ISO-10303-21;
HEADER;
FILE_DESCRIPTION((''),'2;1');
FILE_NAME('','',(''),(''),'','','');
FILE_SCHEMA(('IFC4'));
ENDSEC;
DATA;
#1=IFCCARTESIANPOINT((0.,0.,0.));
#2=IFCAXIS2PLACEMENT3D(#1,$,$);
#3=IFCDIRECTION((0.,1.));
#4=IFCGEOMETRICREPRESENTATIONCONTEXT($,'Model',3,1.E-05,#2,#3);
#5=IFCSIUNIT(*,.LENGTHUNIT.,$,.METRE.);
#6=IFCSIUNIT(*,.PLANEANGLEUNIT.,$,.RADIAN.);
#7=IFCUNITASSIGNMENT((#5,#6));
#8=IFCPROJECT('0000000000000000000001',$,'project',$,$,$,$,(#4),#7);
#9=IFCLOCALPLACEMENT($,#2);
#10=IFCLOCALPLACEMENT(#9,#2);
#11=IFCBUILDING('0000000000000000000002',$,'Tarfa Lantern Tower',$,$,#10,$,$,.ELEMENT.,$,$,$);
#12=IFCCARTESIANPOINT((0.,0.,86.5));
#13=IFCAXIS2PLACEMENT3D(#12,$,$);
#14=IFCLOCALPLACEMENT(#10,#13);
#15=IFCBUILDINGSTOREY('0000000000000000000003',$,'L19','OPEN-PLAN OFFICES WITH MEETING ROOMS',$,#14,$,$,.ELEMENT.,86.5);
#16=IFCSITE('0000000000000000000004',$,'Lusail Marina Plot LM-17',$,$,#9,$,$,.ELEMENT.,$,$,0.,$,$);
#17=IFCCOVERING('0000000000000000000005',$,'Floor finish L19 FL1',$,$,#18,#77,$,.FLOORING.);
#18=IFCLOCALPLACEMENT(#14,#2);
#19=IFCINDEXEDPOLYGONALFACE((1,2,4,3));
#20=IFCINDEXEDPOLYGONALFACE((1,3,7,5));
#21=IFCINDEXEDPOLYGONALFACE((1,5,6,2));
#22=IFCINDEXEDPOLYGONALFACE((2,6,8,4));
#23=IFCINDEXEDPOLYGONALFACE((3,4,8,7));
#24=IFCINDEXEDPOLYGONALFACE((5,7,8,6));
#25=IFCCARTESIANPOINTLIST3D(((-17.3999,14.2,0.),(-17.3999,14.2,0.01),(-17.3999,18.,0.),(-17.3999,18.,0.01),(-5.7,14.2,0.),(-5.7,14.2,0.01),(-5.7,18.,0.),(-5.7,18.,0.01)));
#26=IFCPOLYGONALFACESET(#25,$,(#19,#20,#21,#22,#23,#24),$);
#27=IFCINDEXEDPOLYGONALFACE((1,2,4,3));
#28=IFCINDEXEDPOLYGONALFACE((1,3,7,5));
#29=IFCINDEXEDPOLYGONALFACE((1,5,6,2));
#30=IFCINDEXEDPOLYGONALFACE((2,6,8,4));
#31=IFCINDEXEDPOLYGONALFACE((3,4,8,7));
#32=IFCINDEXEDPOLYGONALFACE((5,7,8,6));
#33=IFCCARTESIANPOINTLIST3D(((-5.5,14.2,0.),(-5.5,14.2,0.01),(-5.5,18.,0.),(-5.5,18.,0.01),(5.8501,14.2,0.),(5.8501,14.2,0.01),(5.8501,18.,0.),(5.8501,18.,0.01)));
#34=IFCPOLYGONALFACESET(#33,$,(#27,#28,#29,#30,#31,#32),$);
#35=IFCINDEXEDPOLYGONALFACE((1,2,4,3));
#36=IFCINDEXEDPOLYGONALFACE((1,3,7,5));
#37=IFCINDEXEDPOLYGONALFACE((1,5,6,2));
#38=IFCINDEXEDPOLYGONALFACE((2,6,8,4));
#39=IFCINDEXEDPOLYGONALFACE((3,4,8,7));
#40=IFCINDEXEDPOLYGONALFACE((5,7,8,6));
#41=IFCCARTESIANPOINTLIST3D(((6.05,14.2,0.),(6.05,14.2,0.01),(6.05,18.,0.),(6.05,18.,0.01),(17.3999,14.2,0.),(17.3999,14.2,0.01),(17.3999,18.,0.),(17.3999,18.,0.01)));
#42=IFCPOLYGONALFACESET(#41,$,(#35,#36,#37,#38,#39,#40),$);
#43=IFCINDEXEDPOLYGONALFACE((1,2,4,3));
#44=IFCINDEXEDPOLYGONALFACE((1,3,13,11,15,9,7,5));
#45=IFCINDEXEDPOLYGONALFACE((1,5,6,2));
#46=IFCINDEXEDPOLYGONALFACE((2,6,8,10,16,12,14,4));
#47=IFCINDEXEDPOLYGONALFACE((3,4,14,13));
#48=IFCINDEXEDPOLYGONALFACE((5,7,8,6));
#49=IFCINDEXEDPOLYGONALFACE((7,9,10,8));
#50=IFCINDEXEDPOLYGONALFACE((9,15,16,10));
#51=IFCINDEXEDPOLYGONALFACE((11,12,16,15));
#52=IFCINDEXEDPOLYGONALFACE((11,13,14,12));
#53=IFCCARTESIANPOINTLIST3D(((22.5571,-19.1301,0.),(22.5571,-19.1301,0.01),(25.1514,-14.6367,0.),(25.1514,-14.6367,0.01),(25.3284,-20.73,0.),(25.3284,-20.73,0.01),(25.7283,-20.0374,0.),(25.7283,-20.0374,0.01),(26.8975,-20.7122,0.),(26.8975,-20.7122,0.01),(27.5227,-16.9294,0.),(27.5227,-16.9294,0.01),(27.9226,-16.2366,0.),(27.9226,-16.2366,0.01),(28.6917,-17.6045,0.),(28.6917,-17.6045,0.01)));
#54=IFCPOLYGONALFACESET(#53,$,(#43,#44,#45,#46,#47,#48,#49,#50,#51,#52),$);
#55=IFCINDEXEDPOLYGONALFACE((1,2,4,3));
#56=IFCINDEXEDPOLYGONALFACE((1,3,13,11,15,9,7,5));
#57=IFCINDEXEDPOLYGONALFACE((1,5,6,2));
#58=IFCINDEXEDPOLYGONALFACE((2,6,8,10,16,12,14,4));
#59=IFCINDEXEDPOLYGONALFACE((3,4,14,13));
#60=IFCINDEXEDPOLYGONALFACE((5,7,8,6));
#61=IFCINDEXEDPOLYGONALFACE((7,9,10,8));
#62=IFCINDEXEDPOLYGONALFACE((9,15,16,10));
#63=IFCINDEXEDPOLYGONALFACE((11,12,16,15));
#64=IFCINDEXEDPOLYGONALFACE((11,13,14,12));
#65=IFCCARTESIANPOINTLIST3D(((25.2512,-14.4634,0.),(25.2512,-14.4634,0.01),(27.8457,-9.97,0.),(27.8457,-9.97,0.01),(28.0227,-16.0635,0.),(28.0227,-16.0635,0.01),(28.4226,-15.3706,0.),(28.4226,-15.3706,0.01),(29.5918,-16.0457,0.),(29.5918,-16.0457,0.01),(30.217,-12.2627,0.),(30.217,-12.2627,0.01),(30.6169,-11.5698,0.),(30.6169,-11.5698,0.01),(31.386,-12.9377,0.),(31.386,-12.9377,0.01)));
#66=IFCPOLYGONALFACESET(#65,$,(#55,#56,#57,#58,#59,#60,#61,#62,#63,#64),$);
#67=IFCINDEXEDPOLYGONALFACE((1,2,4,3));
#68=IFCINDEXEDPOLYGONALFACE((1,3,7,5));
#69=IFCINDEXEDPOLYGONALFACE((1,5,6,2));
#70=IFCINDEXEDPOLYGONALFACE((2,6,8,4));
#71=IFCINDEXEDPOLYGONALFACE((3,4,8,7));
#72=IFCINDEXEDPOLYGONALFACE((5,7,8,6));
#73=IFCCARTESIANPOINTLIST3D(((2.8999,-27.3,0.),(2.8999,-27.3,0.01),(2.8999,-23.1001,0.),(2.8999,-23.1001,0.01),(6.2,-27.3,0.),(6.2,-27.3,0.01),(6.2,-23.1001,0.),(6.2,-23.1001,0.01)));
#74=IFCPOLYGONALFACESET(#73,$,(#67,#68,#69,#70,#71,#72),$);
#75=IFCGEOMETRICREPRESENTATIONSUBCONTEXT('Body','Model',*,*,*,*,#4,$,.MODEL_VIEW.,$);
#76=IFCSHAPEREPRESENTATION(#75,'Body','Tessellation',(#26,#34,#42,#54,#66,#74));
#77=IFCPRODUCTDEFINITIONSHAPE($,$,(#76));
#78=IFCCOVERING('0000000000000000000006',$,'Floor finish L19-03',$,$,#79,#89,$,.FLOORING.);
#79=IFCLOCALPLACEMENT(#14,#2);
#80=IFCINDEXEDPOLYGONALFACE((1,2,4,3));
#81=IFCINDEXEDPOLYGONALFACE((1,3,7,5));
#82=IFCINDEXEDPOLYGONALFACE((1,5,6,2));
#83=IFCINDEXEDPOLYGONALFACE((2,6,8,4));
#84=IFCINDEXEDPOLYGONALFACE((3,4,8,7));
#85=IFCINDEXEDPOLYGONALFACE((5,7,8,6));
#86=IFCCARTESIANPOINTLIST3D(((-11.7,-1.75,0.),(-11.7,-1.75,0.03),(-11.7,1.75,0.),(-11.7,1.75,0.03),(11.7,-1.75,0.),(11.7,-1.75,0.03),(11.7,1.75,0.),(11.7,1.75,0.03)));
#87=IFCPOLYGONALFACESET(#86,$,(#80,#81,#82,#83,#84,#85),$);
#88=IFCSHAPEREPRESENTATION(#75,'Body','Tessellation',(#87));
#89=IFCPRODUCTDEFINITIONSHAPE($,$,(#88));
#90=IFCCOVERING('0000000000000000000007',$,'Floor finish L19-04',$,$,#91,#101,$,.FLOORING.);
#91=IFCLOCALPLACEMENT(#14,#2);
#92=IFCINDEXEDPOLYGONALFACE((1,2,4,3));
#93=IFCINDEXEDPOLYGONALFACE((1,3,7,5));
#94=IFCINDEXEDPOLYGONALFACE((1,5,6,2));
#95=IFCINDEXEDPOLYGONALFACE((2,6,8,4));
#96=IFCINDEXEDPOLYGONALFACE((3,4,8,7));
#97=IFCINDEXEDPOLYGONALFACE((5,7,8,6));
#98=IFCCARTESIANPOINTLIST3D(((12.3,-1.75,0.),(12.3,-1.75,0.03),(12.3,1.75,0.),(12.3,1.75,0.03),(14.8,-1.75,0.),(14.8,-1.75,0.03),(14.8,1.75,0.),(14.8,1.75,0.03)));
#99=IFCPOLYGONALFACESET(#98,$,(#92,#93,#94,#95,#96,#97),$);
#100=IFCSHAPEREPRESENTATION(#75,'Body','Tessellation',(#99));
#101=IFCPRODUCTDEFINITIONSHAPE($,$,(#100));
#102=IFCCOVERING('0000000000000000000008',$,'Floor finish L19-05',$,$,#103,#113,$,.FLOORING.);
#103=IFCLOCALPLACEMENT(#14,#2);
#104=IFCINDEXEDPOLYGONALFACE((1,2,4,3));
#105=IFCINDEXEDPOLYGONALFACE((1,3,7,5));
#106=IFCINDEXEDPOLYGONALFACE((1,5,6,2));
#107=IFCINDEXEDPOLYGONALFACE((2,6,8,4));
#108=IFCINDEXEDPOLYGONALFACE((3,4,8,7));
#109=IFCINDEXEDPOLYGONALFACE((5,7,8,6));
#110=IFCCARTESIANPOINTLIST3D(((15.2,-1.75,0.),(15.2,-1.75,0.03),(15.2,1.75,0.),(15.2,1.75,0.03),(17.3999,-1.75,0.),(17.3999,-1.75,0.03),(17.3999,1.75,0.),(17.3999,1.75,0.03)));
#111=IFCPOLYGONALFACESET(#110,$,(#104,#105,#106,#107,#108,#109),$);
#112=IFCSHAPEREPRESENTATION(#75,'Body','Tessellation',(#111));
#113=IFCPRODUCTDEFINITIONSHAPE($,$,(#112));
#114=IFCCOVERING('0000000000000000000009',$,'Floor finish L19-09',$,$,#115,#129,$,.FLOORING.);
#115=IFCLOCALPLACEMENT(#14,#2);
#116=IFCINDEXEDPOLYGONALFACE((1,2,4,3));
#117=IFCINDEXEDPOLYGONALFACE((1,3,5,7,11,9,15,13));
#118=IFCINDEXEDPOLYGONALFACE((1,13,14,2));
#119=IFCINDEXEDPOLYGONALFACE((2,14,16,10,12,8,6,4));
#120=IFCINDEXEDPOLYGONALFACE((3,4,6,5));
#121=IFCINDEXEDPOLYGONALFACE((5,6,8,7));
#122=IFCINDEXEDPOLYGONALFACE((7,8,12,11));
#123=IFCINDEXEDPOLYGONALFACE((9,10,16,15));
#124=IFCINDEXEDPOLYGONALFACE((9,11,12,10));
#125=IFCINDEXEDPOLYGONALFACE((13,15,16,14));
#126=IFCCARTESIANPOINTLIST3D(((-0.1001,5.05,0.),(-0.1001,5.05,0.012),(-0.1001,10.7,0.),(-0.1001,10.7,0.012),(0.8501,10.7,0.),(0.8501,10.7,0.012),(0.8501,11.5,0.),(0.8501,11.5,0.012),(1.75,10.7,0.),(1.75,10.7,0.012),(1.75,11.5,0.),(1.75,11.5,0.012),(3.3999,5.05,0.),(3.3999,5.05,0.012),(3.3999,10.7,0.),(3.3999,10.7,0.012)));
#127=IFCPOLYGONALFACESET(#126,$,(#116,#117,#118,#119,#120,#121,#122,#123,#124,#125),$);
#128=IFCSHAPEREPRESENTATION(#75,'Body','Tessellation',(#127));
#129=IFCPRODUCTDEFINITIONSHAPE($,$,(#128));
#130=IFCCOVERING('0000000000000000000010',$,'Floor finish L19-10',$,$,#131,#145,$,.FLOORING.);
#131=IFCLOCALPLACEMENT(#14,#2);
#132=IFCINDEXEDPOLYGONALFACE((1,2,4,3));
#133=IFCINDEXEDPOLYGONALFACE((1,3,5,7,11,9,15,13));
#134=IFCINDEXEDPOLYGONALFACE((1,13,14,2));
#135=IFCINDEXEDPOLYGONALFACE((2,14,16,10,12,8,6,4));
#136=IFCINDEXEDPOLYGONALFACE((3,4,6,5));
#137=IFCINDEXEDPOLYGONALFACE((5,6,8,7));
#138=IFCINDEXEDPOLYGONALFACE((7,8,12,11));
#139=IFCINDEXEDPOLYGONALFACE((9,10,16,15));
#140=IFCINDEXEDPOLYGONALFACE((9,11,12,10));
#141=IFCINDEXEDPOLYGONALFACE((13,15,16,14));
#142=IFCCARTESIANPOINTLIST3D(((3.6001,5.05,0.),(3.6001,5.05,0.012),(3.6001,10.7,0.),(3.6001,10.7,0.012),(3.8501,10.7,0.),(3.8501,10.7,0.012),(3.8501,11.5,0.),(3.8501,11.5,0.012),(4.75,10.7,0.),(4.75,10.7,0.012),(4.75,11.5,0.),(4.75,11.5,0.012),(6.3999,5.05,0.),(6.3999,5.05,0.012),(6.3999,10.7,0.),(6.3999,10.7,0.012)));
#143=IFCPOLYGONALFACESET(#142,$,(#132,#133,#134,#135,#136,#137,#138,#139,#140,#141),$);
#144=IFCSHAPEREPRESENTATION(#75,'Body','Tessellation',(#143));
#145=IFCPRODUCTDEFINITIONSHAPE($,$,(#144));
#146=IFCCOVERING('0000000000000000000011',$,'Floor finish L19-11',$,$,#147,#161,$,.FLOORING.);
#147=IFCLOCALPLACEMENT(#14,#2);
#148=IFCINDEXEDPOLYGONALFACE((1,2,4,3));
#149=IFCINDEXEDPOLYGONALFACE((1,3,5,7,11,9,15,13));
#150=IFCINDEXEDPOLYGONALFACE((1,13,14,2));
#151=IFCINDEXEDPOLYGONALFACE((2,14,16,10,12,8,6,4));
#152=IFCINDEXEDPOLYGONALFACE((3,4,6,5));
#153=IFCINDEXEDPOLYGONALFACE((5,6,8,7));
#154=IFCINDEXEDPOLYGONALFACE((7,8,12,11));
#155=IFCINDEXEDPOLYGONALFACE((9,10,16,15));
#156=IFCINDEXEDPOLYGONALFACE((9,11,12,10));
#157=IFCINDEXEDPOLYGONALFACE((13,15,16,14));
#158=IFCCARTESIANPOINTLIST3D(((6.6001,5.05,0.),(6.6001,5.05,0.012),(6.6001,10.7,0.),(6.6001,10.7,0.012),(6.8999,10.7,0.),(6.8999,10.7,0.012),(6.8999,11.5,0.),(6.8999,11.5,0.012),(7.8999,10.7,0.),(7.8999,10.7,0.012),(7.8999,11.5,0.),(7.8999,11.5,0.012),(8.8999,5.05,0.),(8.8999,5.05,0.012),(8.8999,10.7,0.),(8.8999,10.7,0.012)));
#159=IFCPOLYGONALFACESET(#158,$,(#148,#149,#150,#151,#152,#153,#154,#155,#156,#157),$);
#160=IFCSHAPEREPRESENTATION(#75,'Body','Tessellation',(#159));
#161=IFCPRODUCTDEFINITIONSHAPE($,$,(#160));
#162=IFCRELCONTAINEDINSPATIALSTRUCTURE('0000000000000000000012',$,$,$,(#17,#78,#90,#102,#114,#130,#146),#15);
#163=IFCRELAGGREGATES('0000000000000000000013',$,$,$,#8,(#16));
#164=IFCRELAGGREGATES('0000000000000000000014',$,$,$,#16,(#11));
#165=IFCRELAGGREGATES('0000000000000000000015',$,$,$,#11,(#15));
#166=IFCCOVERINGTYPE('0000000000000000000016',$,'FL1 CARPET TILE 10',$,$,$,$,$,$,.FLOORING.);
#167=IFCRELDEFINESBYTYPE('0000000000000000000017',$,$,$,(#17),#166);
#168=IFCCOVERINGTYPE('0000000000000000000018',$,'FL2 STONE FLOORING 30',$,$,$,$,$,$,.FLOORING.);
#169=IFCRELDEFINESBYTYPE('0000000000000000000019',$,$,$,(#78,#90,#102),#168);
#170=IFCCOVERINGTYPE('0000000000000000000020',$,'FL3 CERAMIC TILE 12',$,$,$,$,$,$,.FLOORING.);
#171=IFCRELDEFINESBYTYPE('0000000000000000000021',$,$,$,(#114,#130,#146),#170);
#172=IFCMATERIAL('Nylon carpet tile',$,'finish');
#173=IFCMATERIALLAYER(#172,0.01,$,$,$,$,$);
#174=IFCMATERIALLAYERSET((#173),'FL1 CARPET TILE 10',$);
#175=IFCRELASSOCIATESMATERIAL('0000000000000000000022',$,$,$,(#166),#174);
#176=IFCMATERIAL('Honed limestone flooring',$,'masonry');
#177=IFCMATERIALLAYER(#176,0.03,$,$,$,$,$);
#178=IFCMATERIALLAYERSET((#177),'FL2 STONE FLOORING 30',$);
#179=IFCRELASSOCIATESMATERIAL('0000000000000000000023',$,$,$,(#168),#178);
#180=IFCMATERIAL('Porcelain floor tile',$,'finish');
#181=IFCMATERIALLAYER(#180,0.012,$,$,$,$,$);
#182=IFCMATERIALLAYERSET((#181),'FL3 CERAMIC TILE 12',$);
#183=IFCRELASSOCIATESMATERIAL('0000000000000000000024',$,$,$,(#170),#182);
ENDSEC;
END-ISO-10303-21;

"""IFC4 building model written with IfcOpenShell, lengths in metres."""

from ifc_helpers import new_model, si_unit, direction, frame, origin, place, context, subcontext, project, spatial, polyline, outline, extrude, material, layer, layer_set, type_object, element, save


model = new_model("IFC4")

# Units and contexts
model_context = context("Model", 3, precision=1e-05, world=origin(), true_north=direction((0.0, 1.0)))
body_context = subcontext(model_context, "Body", "Model", "MODEL_VIEW")
ifc_project = project(units=[si_unit("LENGTHUNIT", "METRE"), si_unit("PLANEANGLEUNIT", "RADIAN")], contexts=[model_context])

# Site, building, storey
site_placement = place(None, origin())
site = spatial("IfcSite", under=ifc_project, at=site_placement, Name="Lusail Marina Plot LM-17", CompositionType="ELEMENT", RefElevation=0.0)
building_placement = place(site_placement, origin())
building = spatial("IfcBuilding", under=site, at=building_placement, Name="Tarfa Lantern Tower", CompositionType="ELEMENT")
storey_placement = place(building_placement, frame((0.0, 0.0, 86.5)))
storey = spatial("IfcBuildingStorey", under=building, at=storey_placement, Name="L19", Description="OPEN-PLAN OFFICES WITH MEETING ROOMS", CompositionType="ELEMENT", Elevation=86.5)

# Coverings
ifc_material_1 = material(Name="Nylon carpet tile", Category="finish")
ifc_layer_1 = layer(ifc_material_1, 0.01)
ifc_layer_set_1 = layer_set([ifc_layer_1], Name="FL1 CARPET TILE 10")
covering_type_1 = type_object("IfcCoveringType", Name="FL1 CARPET TILE 10", PredefinedType="FLOORING", material=ifc_layer_set_1)
covering_1_placement = place(storey_placement, origin())
element("IfcCovering", 1, at=covering_1_placement, inside=storey, type_object=covering_type_1, Name="Floor finish L19 FL1", PredefinedType="FLOORING", context=body_context, shape_type="SweptSolid", body=[
    extrude(outline(polyline([(-17.3999, 18.0), (-5.7, 18.0), (-5.7, 14.2), (-17.3999, 14.2), (-17.3999, 18.0)])), origin(), (0.0, 0.0, 1.0), 0.01),
    extrude(outline(polyline([(-5.5, 18.0), (5.8501, 18.0), (5.8501, 14.2), (-5.5, 14.2), (-5.5, 18.0)])), origin(), (0.0, 0.0, 1.0), 0.01),
    extrude(outline(polyline([(6.05, 18.0), (17.3999, 18.0), (17.3999, 14.2), (6.05, 14.2), (6.05, 18.0)])), origin(), (0.0, 0.0, 1.0), 0.01),
    extrude(outline(polyline([(25.1514, -14.6367), (27.9226, -16.2366), (27.5227, -16.9294), (28.6917, -17.6045), (26.8975, -20.7122), (25.7283, -20.0374), (25.3284, -20.73), (22.5571, -19.1301), (25.1514, -14.6367)])), origin(), (0.0, 0.0, 1.0), 0.01),
    extrude(outline(polyline([(27.8457, -9.97), (30.6169, -11.5698), (30.217, -12.2627), (31.386, -12.9377), (29.5918, -16.0457), (28.4226, -15.3706), (28.0227, -16.0635), (25.2512, -14.4634), (27.8457, -9.97)])), origin(), (0.0, 0.0, 1.0), 0.01),
    extrude(outline(polyline([(6.2, -27.3), (2.8999, -27.3), (2.8999, -23.1001), (6.2, -23.1001), (6.2, -27.3)])), origin(), (0.0, 0.0, 1.0), 0.01),
])
ifc_material_2 = material(Name="Honed limestone flooring", Category="masonry")
ifc_layer_2 = layer(ifc_material_2, 0.03)
ifc_layer_set_2 = layer_set([ifc_layer_2], Name="FL2 STONE FLOORING 30")
covering_type_2 = type_object("IfcCoveringType", Name="FL2 STONE FLOORING 30", PredefinedType="FLOORING", material=ifc_layer_set_2)
covering_2_placement = place(storey_placement, origin())
element("IfcCovering", 2, at=covering_2_placement, inside=storey, type_object=covering_type_2, Name="Floor finish L19-03", PredefinedType="FLOORING", context=body_context, shape_type="SweptSolid", body=[
    extrude(outline(polyline([(-11.7, -1.75), (11.7, -1.75), (11.7, 1.75), (-11.7, 1.75), (-11.7, -1.75)])), origin(), (0.0, 0.0, 1.0), 0.03),
])
covering_3_placement = place(storey_placement, origin())
element("IfcCovering", 3, at=covering_3_placement, inside=storey, type_object=covering_type_2, Name="Floor finish L19-04", PredefinedType="FLOORING", context=body_context, shape_type="SweptSolid", body=[
    extrude(outline(polyline([(12.3, -1.75), (14.8, -1.75), (14.8, 1.75), (12.3, 1.75), (12.3, -1.75)])), origin(), (0.0, 0.0, 1.0), 0.03),
])
covering_4_placement = place(storey_placement, origin())
element("IfcCovering", 4, at=covering_4_placement, inside=storey, type_object=covering_type_2, Name="Floor finish L19-05", PredefinedType="FLOORING", context=body_context, shape_type="SweptSolid", body=[
    extrude(outline(polyline([(15.2, -1.75), (17.3999, -1.75), (17.3999, 1.75), (15.2, 1.75), (15.2, -1.75)])), origin(), (0.0, 0.0, 1.0), 0.03),
])
ifc_material_3 = material(Name="Porcelain floor tile", Category="finish")
ifc_layer_3 = layer(ifc_material_3, 0.012)
ifc_layer_set_3 = layer_set([ifc_layer_3], Name="FL3 CERAMIC TILE 12")
covering_type_3 = type_object("IfcCoveringType", Name="FL3 CERAMIC TILE 12", PredefinedType="FLOORING", material=ifc_layer_set_3)
covering_5_placement = place(storey_placement, origin())
element("IfcCovering", 5, at=covering_5_placement, inside=storey, type_object=covering_type_3, Name="Floor finish L19-09", PredefinedType="FLOORING", context=body_context, shape_type="SweptSolid", body=[
    extrude(outline(polyline([(0.8501, 10.7), (-0.1001, 10.7), (-0.1001, 5.05), (3.3999, 5.05), (3.3999, 10.7), (1.75, 10.7), (1.75, 11.5), (0.8501, 11.5), (0.8501, 11.5), (0.8501, 10.7)])), origin(), (0.0, 0.0, 1.0), 0.012),
])
covering_6_placement = place(storey_placement, origin())
element("IfcCovering", 6, at=covering_6_placement, inside=storey, type_object=covering_type_3, Name="Floor finish L19-10", PredefinedType="FLOORING", context=body_context, shape_type="SweptSolid", body=[
    extrude(outline(polyline([(3.6001, 5.05), (6.3999, 5.05), (6.3999, 10.7), (4.75, 10.7), (4.75, 11.5), (3.8501, 11.5), (3.8501, 10.7), (3.6001, 10.7), (3.6001, 5.05)])), origin(), (0.0, 0.0, 1.0), 0.012),
])
covering_7_placement = place(storey_placement, origin())
element("IfcCovering", 7, at=covering_7_placement, inside=storey, type_object=covering_type_3, Name="Floor finish L19-11", PredefinedType="FLOORING", context=body_context, shape_type="SweptSolid", body=[
    extrude(outline(polyline([(6.6001, 5.05), (8.8999, 5.05), (8.8999, 10.7), (7.8999, 10.7), (7.8999, 11.5), (6.8999, 11.5), (6.8999, 10.7), (6.6001, 10.7), (6.6001, 5.05)])), origin(), (0.0, 0.0, 1.0), 0.012),
])

save(model, "model.ifc")
